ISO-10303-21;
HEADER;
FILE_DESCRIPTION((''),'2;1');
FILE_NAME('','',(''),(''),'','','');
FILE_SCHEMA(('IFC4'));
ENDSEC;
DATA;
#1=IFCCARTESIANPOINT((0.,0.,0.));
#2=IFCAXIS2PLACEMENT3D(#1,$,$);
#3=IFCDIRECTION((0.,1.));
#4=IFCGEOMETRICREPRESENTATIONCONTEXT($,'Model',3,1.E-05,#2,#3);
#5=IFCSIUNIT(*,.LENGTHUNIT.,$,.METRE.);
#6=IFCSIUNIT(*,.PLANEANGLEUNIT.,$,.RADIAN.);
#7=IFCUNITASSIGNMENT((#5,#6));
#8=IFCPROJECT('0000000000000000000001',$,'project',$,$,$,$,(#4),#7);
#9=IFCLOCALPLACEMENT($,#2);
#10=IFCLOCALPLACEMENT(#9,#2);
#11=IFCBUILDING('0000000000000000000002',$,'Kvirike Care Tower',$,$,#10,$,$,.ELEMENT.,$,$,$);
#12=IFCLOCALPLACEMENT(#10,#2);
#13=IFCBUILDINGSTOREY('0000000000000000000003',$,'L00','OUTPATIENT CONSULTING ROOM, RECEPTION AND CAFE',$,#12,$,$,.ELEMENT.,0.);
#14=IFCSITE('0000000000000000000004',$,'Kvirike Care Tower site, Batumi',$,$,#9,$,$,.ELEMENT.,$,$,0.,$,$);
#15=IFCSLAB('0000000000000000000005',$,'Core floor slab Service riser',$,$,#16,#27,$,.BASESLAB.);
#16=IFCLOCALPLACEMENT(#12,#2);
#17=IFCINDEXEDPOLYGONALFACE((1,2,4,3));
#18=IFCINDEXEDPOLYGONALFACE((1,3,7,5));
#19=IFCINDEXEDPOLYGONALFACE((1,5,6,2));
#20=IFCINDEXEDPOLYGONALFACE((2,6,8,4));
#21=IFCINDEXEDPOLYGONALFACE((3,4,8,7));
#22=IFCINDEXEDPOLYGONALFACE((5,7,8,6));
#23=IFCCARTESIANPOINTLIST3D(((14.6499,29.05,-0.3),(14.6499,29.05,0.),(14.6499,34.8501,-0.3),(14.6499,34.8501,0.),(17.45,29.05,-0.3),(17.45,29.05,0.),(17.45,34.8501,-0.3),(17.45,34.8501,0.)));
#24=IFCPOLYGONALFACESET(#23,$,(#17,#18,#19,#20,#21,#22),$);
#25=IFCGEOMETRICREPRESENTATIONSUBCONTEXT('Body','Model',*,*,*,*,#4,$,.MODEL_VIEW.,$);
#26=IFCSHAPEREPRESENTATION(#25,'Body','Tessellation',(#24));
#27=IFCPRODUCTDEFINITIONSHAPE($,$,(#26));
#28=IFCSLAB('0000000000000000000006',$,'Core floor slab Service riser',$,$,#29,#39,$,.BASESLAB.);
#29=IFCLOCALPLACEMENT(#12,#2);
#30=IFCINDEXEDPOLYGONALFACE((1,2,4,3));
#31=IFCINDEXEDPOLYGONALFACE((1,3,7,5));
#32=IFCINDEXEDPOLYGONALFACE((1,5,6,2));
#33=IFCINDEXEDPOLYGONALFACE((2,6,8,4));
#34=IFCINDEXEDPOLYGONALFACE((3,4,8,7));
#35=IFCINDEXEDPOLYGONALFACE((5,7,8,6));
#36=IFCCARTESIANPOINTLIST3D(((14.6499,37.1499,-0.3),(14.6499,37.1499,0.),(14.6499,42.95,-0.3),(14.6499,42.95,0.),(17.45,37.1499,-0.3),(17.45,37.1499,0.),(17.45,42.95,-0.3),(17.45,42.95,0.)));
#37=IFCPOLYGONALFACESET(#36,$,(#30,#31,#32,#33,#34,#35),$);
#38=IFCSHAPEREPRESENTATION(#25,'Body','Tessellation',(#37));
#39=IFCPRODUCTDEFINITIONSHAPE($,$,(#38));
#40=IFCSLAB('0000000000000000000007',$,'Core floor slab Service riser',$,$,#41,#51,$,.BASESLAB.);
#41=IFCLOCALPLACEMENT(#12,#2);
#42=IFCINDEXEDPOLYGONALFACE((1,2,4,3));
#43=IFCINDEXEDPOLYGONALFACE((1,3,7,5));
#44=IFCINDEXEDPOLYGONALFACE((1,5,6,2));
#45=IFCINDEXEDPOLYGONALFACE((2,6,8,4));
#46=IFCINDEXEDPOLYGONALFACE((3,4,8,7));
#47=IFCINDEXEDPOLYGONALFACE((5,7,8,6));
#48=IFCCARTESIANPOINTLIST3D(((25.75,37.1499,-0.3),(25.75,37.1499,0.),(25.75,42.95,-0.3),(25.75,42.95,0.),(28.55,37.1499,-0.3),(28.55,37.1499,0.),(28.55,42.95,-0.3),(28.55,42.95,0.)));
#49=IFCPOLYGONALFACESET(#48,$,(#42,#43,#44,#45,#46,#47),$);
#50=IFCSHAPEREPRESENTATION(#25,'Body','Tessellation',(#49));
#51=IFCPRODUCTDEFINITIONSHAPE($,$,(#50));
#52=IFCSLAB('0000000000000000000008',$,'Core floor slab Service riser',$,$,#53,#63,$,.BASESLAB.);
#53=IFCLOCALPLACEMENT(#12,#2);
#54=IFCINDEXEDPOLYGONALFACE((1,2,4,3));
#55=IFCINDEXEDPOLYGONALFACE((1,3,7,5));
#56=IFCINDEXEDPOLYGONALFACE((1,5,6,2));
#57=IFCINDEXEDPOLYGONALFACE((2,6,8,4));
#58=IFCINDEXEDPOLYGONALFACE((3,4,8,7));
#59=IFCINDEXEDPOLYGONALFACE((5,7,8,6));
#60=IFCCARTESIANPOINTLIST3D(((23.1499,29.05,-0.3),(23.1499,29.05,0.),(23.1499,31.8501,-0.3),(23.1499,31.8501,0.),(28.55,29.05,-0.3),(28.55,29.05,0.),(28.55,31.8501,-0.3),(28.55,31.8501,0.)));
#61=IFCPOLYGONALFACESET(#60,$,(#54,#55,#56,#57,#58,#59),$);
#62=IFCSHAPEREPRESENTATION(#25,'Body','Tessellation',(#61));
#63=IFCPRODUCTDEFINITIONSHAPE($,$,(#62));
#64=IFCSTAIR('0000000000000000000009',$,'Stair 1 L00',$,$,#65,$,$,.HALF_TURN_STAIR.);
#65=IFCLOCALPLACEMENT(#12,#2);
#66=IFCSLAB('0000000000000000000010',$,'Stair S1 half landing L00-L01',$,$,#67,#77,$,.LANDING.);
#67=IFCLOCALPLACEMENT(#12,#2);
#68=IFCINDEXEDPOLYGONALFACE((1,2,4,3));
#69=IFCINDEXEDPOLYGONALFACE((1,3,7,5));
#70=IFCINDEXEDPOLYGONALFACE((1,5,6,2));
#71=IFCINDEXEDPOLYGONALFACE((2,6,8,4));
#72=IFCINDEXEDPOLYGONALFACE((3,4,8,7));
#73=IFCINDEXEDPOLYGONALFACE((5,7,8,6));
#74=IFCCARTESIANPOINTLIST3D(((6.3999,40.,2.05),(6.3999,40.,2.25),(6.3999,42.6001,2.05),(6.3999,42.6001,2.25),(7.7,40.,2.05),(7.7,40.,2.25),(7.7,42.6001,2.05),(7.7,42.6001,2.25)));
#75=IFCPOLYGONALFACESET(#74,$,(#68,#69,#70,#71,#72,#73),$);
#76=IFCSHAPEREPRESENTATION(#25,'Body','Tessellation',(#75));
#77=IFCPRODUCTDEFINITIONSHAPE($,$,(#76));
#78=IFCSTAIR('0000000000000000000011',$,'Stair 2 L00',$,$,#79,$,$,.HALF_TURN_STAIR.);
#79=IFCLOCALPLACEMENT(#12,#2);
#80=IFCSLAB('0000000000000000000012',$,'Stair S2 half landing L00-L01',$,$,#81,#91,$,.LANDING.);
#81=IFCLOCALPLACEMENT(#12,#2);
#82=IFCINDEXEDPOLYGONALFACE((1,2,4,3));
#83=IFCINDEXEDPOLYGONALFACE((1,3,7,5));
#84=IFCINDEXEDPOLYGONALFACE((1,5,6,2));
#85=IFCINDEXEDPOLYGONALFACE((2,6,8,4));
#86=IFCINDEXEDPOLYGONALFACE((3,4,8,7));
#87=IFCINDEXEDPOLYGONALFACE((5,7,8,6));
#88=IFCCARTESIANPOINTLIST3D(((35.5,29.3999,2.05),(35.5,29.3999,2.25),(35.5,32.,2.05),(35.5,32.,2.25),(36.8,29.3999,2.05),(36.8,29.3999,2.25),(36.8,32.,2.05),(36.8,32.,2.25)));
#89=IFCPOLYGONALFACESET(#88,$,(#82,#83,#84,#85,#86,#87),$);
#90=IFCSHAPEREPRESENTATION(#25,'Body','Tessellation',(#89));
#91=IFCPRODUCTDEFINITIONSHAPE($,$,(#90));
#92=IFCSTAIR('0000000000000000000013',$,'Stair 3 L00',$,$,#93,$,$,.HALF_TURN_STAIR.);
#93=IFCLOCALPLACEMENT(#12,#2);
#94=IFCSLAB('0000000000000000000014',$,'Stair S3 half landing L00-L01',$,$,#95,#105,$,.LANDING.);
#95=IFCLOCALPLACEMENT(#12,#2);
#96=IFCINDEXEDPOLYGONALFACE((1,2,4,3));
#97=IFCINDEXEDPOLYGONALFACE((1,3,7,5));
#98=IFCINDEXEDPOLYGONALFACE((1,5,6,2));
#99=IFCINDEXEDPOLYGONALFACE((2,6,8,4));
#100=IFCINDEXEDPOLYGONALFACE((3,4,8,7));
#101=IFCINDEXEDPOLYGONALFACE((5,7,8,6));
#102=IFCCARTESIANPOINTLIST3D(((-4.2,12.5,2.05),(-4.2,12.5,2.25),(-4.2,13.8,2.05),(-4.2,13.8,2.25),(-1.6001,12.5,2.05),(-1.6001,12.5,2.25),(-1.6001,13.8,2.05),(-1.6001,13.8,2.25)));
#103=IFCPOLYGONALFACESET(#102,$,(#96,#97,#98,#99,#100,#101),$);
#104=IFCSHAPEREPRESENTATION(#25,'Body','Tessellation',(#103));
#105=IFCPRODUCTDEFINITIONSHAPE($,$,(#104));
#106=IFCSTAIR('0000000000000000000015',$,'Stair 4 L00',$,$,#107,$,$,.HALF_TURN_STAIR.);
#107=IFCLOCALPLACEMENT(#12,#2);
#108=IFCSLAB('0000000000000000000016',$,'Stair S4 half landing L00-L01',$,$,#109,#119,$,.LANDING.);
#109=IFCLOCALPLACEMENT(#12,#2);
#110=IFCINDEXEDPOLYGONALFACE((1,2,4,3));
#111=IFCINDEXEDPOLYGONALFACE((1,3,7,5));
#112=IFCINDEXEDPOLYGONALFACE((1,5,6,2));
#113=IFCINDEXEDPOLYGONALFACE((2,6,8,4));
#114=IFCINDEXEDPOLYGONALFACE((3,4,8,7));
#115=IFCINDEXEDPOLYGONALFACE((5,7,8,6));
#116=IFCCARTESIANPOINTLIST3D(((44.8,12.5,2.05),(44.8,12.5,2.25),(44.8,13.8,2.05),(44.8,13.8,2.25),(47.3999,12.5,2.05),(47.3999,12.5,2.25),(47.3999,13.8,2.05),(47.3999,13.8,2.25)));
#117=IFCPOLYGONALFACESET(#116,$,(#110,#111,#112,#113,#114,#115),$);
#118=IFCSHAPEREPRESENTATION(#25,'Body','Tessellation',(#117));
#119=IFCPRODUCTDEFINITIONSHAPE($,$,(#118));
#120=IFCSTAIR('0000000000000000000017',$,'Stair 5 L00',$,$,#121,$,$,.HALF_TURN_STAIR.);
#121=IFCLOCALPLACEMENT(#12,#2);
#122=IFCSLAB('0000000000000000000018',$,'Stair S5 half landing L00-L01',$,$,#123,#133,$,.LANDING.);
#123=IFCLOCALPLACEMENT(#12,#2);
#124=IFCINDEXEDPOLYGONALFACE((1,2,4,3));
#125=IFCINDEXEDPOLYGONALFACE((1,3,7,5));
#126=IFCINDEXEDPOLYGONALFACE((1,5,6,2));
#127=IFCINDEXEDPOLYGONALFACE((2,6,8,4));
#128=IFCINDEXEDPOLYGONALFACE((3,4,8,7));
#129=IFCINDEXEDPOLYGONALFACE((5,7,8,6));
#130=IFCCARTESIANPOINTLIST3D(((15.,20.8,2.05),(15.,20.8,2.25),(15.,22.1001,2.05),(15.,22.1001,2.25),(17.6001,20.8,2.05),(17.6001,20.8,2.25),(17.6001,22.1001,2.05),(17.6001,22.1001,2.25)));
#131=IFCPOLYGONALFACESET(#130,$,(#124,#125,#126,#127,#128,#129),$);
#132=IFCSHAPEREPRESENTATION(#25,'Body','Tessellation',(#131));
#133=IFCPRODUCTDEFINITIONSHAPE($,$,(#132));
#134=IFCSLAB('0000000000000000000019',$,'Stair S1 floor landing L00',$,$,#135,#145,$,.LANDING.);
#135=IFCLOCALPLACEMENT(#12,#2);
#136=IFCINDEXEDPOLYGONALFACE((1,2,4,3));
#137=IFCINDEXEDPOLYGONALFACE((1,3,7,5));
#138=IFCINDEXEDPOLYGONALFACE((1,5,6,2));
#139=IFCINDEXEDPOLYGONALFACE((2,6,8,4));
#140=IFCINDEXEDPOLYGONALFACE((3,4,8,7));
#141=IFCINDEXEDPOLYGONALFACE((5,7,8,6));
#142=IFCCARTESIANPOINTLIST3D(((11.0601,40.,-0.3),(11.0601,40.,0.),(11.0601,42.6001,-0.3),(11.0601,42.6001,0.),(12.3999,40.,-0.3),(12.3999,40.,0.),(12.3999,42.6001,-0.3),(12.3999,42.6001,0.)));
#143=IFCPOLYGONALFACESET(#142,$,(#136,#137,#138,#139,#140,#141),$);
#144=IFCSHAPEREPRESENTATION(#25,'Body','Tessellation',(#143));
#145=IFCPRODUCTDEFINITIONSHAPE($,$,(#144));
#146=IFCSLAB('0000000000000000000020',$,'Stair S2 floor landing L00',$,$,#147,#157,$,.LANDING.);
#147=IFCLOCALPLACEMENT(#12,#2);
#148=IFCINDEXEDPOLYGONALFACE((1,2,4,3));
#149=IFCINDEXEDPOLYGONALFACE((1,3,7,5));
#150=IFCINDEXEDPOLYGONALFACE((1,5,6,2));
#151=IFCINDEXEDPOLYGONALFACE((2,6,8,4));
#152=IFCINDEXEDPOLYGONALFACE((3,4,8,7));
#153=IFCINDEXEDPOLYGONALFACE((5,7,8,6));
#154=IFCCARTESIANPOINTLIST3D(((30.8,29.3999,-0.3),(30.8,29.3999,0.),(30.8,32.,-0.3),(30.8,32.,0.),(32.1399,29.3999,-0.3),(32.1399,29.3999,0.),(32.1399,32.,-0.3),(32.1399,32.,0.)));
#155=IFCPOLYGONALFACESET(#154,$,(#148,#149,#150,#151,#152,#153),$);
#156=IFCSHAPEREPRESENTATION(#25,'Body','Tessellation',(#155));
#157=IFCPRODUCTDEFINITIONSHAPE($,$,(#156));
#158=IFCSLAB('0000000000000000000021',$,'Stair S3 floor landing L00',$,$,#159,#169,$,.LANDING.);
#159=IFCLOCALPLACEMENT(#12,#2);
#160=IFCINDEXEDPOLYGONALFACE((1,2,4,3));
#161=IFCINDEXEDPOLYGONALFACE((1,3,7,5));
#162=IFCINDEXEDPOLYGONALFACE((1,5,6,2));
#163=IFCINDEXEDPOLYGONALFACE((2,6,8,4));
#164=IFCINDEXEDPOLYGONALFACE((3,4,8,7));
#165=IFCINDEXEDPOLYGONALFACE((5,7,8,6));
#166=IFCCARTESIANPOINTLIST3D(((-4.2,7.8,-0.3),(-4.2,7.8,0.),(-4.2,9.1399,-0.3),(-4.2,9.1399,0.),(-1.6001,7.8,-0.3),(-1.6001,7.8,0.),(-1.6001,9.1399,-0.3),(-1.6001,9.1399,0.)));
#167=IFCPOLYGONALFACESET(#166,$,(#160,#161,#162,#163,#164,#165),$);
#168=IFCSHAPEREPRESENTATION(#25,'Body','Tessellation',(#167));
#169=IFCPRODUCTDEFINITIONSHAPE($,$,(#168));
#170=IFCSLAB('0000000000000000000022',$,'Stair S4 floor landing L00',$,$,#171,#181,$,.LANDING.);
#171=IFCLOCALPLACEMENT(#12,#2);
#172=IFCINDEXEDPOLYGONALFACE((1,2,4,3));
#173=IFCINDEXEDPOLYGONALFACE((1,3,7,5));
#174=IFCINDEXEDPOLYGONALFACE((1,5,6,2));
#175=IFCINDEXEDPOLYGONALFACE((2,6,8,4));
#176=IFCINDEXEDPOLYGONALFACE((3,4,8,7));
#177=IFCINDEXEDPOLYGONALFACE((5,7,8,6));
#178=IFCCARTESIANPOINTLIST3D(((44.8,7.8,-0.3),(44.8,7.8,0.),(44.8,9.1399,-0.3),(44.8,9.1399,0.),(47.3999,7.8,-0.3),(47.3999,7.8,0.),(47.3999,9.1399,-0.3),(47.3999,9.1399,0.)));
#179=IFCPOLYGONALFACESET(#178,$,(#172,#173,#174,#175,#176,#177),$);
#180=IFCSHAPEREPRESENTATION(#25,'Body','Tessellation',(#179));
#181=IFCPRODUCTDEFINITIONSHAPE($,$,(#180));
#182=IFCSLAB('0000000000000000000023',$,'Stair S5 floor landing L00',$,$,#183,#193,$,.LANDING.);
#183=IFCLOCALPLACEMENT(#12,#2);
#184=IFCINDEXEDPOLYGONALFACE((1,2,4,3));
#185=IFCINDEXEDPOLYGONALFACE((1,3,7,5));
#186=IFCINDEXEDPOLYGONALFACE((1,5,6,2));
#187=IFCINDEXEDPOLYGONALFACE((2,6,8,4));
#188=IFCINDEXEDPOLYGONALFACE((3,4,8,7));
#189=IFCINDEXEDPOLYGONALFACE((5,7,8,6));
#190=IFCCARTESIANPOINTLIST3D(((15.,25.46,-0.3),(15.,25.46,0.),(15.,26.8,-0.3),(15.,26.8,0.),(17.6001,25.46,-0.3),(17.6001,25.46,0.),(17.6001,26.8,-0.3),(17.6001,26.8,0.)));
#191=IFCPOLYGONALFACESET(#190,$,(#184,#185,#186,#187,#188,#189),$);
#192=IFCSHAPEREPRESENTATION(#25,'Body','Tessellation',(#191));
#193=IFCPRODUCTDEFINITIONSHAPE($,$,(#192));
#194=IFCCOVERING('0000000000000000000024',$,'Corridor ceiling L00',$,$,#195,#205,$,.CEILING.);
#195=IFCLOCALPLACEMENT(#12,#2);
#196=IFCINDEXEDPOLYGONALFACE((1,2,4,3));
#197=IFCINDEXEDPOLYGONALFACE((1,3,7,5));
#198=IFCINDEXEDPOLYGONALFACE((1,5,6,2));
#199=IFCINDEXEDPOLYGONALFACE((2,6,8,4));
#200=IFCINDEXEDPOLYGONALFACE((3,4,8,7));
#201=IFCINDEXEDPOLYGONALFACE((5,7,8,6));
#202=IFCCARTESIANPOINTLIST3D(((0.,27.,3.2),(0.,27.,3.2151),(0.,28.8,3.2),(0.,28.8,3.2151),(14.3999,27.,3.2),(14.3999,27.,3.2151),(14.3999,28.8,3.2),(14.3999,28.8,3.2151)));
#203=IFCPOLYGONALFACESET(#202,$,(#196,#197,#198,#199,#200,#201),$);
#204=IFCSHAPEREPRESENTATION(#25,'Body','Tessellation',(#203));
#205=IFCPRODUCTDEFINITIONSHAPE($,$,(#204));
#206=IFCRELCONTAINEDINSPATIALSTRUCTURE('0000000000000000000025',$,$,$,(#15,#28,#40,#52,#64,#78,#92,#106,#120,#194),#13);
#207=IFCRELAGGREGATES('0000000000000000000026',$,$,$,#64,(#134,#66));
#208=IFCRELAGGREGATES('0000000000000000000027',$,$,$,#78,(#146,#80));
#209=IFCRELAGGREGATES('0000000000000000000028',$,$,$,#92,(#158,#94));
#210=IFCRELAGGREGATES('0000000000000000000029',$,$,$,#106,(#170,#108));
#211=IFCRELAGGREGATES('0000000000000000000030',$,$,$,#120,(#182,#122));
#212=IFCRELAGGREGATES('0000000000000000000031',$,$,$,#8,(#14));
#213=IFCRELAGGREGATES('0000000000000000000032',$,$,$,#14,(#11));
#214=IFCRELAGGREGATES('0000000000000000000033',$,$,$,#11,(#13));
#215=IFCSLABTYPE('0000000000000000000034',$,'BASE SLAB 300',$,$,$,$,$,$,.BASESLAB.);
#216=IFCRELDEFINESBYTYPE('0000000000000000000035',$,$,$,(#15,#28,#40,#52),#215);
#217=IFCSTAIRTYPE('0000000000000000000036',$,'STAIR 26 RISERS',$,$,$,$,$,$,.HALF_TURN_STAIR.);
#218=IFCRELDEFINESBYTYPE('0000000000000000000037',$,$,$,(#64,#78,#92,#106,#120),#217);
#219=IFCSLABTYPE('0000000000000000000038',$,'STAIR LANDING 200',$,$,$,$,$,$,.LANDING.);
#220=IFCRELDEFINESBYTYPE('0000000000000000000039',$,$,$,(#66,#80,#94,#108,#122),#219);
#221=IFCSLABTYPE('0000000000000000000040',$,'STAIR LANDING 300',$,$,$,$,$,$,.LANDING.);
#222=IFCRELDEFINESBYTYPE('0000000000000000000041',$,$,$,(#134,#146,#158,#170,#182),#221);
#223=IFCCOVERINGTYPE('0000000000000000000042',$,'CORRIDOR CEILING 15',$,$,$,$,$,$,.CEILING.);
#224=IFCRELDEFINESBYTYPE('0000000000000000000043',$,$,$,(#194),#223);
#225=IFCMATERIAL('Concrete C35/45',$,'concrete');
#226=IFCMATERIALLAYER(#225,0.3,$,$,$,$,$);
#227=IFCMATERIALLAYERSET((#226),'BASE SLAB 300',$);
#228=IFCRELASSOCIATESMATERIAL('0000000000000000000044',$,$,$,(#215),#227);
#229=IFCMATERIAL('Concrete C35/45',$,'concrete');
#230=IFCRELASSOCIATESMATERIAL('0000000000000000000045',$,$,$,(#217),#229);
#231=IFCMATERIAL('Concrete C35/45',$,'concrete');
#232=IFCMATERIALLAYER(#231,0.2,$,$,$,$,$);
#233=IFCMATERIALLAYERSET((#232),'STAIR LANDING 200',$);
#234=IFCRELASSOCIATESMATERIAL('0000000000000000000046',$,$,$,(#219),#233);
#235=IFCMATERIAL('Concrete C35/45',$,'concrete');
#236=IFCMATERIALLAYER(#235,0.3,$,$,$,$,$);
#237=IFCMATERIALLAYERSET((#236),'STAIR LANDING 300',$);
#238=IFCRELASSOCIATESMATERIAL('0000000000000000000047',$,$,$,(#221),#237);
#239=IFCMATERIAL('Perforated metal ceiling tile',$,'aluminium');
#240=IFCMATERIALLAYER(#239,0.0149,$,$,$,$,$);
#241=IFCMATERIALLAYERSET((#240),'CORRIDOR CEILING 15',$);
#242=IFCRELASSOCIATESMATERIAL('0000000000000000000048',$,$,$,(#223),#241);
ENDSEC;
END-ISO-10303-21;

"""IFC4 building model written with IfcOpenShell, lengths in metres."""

from ifc_helpers import new_model, si_unit, direction, frame, origin, place, context, subcontext, project, spatial, polyline, outline, extrude, material, layer, layer_set, type_object, element, aggregate, save


model = new_model("IFC4")

# Units and contexts
model_context = context("Model", 3, precision=1e-05, world=origin(), true_north=direction((0.0, 1.0)))
body_context = subcontext(model_context, "Body", "Model", "MODEL_VIEW")
ifc_project = project(units=[si_unit("LENGTHUNIT", "METRE"), si_unit("PLANEANGLEUNIT", "RADIAN")], contexts=[model_context])

# Site, building, storey
site_placement = place(None, origin())
site = spatial("IfcSite", under=ifc_project, at=site_placement, Name="Kvirike Care Tower site, Batumi", CompositionType="ELEMENT", RefElevation=0.0)
building_placement = place(site_placement, origin())
building = spatial("IfcBuilding", under=site, at=building_placement, Name="Kvirike Care Tower", CompositionType="ELEMENT")
storey_placement = place(building_placement, origin())
storey = spatial("IfcBuildingStorey", under=building, at=storey_placement, Name="L00", Description="OUTPATIENT CONSULTING ROOM, RECEPTION AND CAFE", CompositionType="ELEMENT", Elevation=0.0)

# Slabs
ifc_material_1 = material(Name="Concrete C35/45", Category="concrete")
ifc_layer_1 = layer(ifc_material_1, 0.3)
ifc_layer_set_1 = layer_set([ifc_layer_1], Name="BASE SLAB 300")
slab_type_1 = type_object("IfcSlabType", Name="BASE SLAB 300", PredefinedType="BASESLAB", material=ifc_layer_set_1)
slab_1_placement = place(storey_placement, frame((0.0, 0.0, -0.3)))
element("IfcSlab", 1, at=slab_1_placement, inside=storey, type_object=slab_type_1, Name="Core floor slab Service riser", PredefinedType="BASESLAB", context=body_context, shape_type="SweptSolid", body=[
    extrude(outline(polyline([(17.45, 29.05), (17.45, 34.8501), (14.6499, 34.8501), (14.6499, 29.05), (17.45, 29.05)])), origin(), (0.0, 0.0, 1.0), 0.3),
])
slab_2_placement = place(storey_placement, frame((0.0, 0.0, -0.3)))
element("IfcSlab", 2, at=slab_2_placement, inside=storey, type_object=slab_type_1, Name="Core floor slab Service riser", PredefinedType="BASESLAB", context=body_context, shape_type="SweptSolid", body=[
    extrude(outline(polyline([(17.45, 37.1499), (17.45, 42.95), (14.6499, 42.95), (14.6499, 37.1499), (17.45, 37.1499)])), origin(), (0.0, 0.0, 1.0), 0.3),
])
slab_3_placement = place(storey_placement, frame((0.0, 0.0, -0.3)))
element("IfcSlab", 3, at=slab_3_placement, inside=storey, type_object=slab_type_1, Name="Core floor slab Service riser", PredefinedType="BASESLAB", context=body_context, shape_type="SweptSolid", body=[
    extrude(outline(polyline([(28.55, 37.1499), (28.55, 42.95), (25.75, 42.95), (25.75, 37.1499), (28.55, 37.1499)])), origin(), (0.0, 0.0, 1.0), 0.3),
])
slab_4_placement = place(storey_placement, frame((0.0, 0.0, -0.3)))
element("IfcSlab", 4, at=slab_4_placement, inside=storey, type_object=slab_type_1, Name="Core floor slab Service riser", PredefinedType="BASESLAB", context=body_context, shape_type="SweptSolid", body=[
    extrude(outline(polyline([(28.55, 29.05), (28.55, 31.8501), (23.1499, 31.8501), (23.1499, 29.05), (28.55, 29.05)])), origin(), (0.0, 0.0, 1.0), 0.3),
])

# Stairs, slabs
ifc_material_2 = material(Name="Concrete C35/45", Category="concrete")
stair_type = type_object("IfcStairType", Name="STAIR 26 RISERS", PredefinedType="HALF_TURN_STAIR", material=ifc_material_2)
stair_1_placement = place(storey_placement, origin())
stair_1 = element("IfcStair", 5, at=stair_1_placement, inside=storey, type_object=stair_type, Name="Stair 1 L00", PredefinedType="HALF_TURN_STAIR")
ifc_material_3 = material(Name="Concrete C35/45", Category="concrete")
ifc_layer_2 = layer(ifc_material_3, 0.2)
ifc_layer_set_2 = layer_set([ifc_layer_2], Name="STAIR LANDING 200")
slab_type_2 = type_object("IfcSlabType", Name="STAIR LANDING 200", PredefinedType="LANDING", material=ifc_layer_set_2)
slab_5_placement = place(storey_placement, frame((0.0, 0.0, 2.05)))
slab_5 = element("IfcSlab", 6, at=slab_5_placement, type_object=slab_type_2, Name="Stair S1 half landing L00-L01", PredefinedType="LANDING", context=body_context, shape_type="SweptSolid", body=[
    extrude(outline(polyline([(6.3999, 42.6001), (6.3999, 40.0), (7.7, 40.0), (7.7, 42.6001), (6.3999, 42.6001)])), origin(), (0.0, 0.0, 1.0), 0.2),
])
stair_2_placement = place(storey_placement, origin())
stair_2 = element("IfcStair", 7, at=stair_2_placement, inside=storey, type_object=stair_type, Name="Stair 2 L00", PredefinedType="HALF_TURN_STAIR")
slab_6_placement = place(storey_placement, frame((0.0, 0.0, 2.05)))
slab_6 = element("IfcSlab", 8, at=slab_6_placement, type_object=slab_type_2, Name="Stair S2 half landing L00-L01", PredefinedType="LANDING", context=body_context, shape_type="SweptSolid", body=[
    extrude(outline(polyline([(36.8, 29.3999), (36.8, 32.0), (35.5, 32.0), (35.5, 29.3999), (36.8, 29.3999)])), origin(), (0.0, 0.0, 1.0), 0.2),
])
stair_3_placement = place(storey_placement, origin())
stair_3 = element("IfcStair", 9, at=stair_3_placement, inside=storey, type_object=stair_type, Name="Stair 3 L00", PredefinedType="HALF_TURN_STAIR")
slab_7_placement = place(storey_placement, frame((0.0, 0.0, 2.05)))
slab_7 = element("IfcSlab", 10, at=slab_7_placement, type_object=slab_type_2, Name="Stair S3 half landing L00-L01", PredefinedType="LANDING", context=body_context, shape_type="SweptSolid", body=[
    extrude(outline(polyline([(-4.2, 12.5), (-1.6001, 12.5), (-1.6001, 13.8), (-4.2, 13.8), (-4.2, 12.5)])), origin(), (0.0, 0.0, 1.0), 0.2),
])
stair_4_placement = place(storey_placement, origin())
stair_4 = element("IfcStair", 11, at=stair_4_placement, inside=storey, type_object=stair_type, Name="Stair 4 L00", PredefinedType="HALF_TURN_STAIR")
slab_8_placement = place(storey_placement, frame((0.0, 0.0, 2.05)))
slab_8 = element("IfcSlab", 12, at=slab_8_placement, type_object=slab_type_2, Name="Stair S4 half landing L00-L01", PredefinedType="LANDING", context=body_context, shape_type="SweptSolid", body=[
    extrude(outline(polyline([(44.8, 12.5), (47.3999, 12.5), (47.3999, 13.8), (44.8, 13.8), (44.8, 12.5)])), origin(), (0.0, 0.0, 1.0), 0.2),
])
stair_5_placement = place(storey_placement, origin())
stair_5 = element("IfcStair", 13, at=stair_5_placement, inside=storey, type_object=stair_type, Name="Stair 5 L00", PredefinedType="HALF_TURN_STAIR")
slab_9_placement = place(storey_placement, frame((0.0, 0.0, 2.05)))
slab_9 = element("IfcSlab", 14, at=slab_9_placement, type_object=slab_type_2, Name="Stair S5 half landing L00-L01", PredefinedType="LANDING", context=body_context, shape_type="SweptSolid", body=[
    extrude(outline(polyline([(15.0, 20.8), (17.6001, 20.8), (17.6001, 22.1001), (15.0, 22.1001), (15.0, 20.8)])), origin(), (0.0, 0.0, 1.0), 0.2),
])

# Slabs
ifc_material_4 = material(Name="Concrete C35/45", Category="concrete")
ifc_layer_3 = layer(ifc_material_4, 0.3)
ifc_layer_set_3 = layer_set([ifc_layer_3], Name="STAIR LANDING 300")
slab_type_3 = type_object("IfcSlabType", Name="STAIR LANDING 300", PredefinedType="LANDING", material=ifc_layer_set_3)
slab_10_placement = place(storey_placement, frame((0.0, 0.0, -0.3)))
slab_10 = element("IfcSlab", 15, at=slab_10_placement, type_object=slab_type_3, Name="Stair S1 floor landing L00", PredefinedType="LANDING", context=body_context, shape_type="SweptSolid", body=[
    extrude(outline(polyline([(11.0601, 42.6001), (11.0601, 40.0), (12.3999, 40.0), (12.3999, 42.6001), (11.0601, 42.6001)])), origin(), (0.0, 0.0, 1.0), 0.3),
])
aggregate(stair_1, [slab_10, slab_5])
slab_11_placement = place(storey_placement, frame((0.0, 0.0, -0.3)))
slab_11 = element("IfcSlab", 16, at=slab_11_placement, type_object=slab_type_3, Name="Stair S2 floor landing L00", PredefinedType="LANDING", context=body_context, shape_type="SweptSolid", body=[
    extrude(outline(polyline([(32.1399, 29.3999), (32.1399, 32.0), (30.8, 32.0), (30.8, 29.3999), (32.1399, 29.3999)])), origin(), (0.0, 0.0, 1.0), 0.3),
])
aggregate(stair_2, [slab_11, slab_6])
slab_12_placement = place(storey_placement, frame((0.0, 0.0, -0.3)))
slab_12 = element("IfcSlab", 17, at=slab_12_placement, type_object=slab_type_3, Name="Stair S3 floor landing L00", PredefinedType="LANDING", context=body_context, shape_type="SweptSolid", body=[
    extrude(outline(polyline([(-4.2, 7.8), (-1.6001, 7.8), (-1.6001, 9.1399), (-4.2, 9.1399), (-4.2, 7.8)])), origin(), (0.0, 0.0, 1.0), 0.3),
])
aggregate(stair_3, [slab_12, slab_7])
slab_13_placement = place(storey_placement, frame((0.0, 0.0, -0.3)))
slab_13 = element("IfcSlab", 18, at=slab_13_placement, type_object=slab_type_3, Name="Stair S4 floor landing L00", PredefinedType="LANDING", context=body_context, shape_type="SweptSolid", body=[
    extrude(outline(polyline([(44.8, 7.8), (47.3999, 7.8), (47.3999, 9.1399), (44.8, 9.1399), (44.8, 7.8)])), origin(), (0.0, 0.0, 1.0), 0.3),
])
aggregate(stair_4, [slab_13, slab_8])
slab_14_placement = place(storey_placement, frame((0.0, 0.0, -0.3)))
slab_14 = element("IfcSlab", 19, at=slab_14_placement, type_object=slab_type_3, Name="Stair S5 floor landing L00", PredefinedType="LANDING", context=body_context, shape_type="SweptSolid", body=[
    extrude(outline(polyline([(15.0, 25.46), (17.6001, 25.46), (17.6001, 26.8), (15.0, 26.8), (15.0, 25.46)])), origin(), (0.0, 0.0, 1.0), 0.3),
])
aggregate(stair_5, [slab_14, slab_9])

# Covering
ifc_material_5 = material(Name="Perforated metal ceiling tile", Category="aluminium")
ifc_layer_4 = layer(ifc_material_5, 0.0149)
ifc_layer_set_4 = layer_set([ifc_layer_4], Name="CORRIDOR CEILING 15")
covering_type = type_object("IfcCoveringType", Name="CORRIDOR CEILING 15", PredefinedType="CEILING", material=ifc_layer_set_4)
covering_1_placement = place(storey_placement, frame((0.0, 0.0, 3.2)))
element("IfcCovering", 20, at=covering_1_placement, inside=storey, type_object=covering_type, Name="Corridor ceiling L00", PredefinedType="CEILING", context=body_context, shape_type="SweptSolid", body=[
    extrude(outline(polyline([(0.0, 27.0), (0.0, 28.8), (14.3999, 28.8), (14.3999, 27.0), (0.0, 27.0)])), origin(), (0.0, 0.0, 1.0), 0.0151),
])

save(model, "model.ifc")
